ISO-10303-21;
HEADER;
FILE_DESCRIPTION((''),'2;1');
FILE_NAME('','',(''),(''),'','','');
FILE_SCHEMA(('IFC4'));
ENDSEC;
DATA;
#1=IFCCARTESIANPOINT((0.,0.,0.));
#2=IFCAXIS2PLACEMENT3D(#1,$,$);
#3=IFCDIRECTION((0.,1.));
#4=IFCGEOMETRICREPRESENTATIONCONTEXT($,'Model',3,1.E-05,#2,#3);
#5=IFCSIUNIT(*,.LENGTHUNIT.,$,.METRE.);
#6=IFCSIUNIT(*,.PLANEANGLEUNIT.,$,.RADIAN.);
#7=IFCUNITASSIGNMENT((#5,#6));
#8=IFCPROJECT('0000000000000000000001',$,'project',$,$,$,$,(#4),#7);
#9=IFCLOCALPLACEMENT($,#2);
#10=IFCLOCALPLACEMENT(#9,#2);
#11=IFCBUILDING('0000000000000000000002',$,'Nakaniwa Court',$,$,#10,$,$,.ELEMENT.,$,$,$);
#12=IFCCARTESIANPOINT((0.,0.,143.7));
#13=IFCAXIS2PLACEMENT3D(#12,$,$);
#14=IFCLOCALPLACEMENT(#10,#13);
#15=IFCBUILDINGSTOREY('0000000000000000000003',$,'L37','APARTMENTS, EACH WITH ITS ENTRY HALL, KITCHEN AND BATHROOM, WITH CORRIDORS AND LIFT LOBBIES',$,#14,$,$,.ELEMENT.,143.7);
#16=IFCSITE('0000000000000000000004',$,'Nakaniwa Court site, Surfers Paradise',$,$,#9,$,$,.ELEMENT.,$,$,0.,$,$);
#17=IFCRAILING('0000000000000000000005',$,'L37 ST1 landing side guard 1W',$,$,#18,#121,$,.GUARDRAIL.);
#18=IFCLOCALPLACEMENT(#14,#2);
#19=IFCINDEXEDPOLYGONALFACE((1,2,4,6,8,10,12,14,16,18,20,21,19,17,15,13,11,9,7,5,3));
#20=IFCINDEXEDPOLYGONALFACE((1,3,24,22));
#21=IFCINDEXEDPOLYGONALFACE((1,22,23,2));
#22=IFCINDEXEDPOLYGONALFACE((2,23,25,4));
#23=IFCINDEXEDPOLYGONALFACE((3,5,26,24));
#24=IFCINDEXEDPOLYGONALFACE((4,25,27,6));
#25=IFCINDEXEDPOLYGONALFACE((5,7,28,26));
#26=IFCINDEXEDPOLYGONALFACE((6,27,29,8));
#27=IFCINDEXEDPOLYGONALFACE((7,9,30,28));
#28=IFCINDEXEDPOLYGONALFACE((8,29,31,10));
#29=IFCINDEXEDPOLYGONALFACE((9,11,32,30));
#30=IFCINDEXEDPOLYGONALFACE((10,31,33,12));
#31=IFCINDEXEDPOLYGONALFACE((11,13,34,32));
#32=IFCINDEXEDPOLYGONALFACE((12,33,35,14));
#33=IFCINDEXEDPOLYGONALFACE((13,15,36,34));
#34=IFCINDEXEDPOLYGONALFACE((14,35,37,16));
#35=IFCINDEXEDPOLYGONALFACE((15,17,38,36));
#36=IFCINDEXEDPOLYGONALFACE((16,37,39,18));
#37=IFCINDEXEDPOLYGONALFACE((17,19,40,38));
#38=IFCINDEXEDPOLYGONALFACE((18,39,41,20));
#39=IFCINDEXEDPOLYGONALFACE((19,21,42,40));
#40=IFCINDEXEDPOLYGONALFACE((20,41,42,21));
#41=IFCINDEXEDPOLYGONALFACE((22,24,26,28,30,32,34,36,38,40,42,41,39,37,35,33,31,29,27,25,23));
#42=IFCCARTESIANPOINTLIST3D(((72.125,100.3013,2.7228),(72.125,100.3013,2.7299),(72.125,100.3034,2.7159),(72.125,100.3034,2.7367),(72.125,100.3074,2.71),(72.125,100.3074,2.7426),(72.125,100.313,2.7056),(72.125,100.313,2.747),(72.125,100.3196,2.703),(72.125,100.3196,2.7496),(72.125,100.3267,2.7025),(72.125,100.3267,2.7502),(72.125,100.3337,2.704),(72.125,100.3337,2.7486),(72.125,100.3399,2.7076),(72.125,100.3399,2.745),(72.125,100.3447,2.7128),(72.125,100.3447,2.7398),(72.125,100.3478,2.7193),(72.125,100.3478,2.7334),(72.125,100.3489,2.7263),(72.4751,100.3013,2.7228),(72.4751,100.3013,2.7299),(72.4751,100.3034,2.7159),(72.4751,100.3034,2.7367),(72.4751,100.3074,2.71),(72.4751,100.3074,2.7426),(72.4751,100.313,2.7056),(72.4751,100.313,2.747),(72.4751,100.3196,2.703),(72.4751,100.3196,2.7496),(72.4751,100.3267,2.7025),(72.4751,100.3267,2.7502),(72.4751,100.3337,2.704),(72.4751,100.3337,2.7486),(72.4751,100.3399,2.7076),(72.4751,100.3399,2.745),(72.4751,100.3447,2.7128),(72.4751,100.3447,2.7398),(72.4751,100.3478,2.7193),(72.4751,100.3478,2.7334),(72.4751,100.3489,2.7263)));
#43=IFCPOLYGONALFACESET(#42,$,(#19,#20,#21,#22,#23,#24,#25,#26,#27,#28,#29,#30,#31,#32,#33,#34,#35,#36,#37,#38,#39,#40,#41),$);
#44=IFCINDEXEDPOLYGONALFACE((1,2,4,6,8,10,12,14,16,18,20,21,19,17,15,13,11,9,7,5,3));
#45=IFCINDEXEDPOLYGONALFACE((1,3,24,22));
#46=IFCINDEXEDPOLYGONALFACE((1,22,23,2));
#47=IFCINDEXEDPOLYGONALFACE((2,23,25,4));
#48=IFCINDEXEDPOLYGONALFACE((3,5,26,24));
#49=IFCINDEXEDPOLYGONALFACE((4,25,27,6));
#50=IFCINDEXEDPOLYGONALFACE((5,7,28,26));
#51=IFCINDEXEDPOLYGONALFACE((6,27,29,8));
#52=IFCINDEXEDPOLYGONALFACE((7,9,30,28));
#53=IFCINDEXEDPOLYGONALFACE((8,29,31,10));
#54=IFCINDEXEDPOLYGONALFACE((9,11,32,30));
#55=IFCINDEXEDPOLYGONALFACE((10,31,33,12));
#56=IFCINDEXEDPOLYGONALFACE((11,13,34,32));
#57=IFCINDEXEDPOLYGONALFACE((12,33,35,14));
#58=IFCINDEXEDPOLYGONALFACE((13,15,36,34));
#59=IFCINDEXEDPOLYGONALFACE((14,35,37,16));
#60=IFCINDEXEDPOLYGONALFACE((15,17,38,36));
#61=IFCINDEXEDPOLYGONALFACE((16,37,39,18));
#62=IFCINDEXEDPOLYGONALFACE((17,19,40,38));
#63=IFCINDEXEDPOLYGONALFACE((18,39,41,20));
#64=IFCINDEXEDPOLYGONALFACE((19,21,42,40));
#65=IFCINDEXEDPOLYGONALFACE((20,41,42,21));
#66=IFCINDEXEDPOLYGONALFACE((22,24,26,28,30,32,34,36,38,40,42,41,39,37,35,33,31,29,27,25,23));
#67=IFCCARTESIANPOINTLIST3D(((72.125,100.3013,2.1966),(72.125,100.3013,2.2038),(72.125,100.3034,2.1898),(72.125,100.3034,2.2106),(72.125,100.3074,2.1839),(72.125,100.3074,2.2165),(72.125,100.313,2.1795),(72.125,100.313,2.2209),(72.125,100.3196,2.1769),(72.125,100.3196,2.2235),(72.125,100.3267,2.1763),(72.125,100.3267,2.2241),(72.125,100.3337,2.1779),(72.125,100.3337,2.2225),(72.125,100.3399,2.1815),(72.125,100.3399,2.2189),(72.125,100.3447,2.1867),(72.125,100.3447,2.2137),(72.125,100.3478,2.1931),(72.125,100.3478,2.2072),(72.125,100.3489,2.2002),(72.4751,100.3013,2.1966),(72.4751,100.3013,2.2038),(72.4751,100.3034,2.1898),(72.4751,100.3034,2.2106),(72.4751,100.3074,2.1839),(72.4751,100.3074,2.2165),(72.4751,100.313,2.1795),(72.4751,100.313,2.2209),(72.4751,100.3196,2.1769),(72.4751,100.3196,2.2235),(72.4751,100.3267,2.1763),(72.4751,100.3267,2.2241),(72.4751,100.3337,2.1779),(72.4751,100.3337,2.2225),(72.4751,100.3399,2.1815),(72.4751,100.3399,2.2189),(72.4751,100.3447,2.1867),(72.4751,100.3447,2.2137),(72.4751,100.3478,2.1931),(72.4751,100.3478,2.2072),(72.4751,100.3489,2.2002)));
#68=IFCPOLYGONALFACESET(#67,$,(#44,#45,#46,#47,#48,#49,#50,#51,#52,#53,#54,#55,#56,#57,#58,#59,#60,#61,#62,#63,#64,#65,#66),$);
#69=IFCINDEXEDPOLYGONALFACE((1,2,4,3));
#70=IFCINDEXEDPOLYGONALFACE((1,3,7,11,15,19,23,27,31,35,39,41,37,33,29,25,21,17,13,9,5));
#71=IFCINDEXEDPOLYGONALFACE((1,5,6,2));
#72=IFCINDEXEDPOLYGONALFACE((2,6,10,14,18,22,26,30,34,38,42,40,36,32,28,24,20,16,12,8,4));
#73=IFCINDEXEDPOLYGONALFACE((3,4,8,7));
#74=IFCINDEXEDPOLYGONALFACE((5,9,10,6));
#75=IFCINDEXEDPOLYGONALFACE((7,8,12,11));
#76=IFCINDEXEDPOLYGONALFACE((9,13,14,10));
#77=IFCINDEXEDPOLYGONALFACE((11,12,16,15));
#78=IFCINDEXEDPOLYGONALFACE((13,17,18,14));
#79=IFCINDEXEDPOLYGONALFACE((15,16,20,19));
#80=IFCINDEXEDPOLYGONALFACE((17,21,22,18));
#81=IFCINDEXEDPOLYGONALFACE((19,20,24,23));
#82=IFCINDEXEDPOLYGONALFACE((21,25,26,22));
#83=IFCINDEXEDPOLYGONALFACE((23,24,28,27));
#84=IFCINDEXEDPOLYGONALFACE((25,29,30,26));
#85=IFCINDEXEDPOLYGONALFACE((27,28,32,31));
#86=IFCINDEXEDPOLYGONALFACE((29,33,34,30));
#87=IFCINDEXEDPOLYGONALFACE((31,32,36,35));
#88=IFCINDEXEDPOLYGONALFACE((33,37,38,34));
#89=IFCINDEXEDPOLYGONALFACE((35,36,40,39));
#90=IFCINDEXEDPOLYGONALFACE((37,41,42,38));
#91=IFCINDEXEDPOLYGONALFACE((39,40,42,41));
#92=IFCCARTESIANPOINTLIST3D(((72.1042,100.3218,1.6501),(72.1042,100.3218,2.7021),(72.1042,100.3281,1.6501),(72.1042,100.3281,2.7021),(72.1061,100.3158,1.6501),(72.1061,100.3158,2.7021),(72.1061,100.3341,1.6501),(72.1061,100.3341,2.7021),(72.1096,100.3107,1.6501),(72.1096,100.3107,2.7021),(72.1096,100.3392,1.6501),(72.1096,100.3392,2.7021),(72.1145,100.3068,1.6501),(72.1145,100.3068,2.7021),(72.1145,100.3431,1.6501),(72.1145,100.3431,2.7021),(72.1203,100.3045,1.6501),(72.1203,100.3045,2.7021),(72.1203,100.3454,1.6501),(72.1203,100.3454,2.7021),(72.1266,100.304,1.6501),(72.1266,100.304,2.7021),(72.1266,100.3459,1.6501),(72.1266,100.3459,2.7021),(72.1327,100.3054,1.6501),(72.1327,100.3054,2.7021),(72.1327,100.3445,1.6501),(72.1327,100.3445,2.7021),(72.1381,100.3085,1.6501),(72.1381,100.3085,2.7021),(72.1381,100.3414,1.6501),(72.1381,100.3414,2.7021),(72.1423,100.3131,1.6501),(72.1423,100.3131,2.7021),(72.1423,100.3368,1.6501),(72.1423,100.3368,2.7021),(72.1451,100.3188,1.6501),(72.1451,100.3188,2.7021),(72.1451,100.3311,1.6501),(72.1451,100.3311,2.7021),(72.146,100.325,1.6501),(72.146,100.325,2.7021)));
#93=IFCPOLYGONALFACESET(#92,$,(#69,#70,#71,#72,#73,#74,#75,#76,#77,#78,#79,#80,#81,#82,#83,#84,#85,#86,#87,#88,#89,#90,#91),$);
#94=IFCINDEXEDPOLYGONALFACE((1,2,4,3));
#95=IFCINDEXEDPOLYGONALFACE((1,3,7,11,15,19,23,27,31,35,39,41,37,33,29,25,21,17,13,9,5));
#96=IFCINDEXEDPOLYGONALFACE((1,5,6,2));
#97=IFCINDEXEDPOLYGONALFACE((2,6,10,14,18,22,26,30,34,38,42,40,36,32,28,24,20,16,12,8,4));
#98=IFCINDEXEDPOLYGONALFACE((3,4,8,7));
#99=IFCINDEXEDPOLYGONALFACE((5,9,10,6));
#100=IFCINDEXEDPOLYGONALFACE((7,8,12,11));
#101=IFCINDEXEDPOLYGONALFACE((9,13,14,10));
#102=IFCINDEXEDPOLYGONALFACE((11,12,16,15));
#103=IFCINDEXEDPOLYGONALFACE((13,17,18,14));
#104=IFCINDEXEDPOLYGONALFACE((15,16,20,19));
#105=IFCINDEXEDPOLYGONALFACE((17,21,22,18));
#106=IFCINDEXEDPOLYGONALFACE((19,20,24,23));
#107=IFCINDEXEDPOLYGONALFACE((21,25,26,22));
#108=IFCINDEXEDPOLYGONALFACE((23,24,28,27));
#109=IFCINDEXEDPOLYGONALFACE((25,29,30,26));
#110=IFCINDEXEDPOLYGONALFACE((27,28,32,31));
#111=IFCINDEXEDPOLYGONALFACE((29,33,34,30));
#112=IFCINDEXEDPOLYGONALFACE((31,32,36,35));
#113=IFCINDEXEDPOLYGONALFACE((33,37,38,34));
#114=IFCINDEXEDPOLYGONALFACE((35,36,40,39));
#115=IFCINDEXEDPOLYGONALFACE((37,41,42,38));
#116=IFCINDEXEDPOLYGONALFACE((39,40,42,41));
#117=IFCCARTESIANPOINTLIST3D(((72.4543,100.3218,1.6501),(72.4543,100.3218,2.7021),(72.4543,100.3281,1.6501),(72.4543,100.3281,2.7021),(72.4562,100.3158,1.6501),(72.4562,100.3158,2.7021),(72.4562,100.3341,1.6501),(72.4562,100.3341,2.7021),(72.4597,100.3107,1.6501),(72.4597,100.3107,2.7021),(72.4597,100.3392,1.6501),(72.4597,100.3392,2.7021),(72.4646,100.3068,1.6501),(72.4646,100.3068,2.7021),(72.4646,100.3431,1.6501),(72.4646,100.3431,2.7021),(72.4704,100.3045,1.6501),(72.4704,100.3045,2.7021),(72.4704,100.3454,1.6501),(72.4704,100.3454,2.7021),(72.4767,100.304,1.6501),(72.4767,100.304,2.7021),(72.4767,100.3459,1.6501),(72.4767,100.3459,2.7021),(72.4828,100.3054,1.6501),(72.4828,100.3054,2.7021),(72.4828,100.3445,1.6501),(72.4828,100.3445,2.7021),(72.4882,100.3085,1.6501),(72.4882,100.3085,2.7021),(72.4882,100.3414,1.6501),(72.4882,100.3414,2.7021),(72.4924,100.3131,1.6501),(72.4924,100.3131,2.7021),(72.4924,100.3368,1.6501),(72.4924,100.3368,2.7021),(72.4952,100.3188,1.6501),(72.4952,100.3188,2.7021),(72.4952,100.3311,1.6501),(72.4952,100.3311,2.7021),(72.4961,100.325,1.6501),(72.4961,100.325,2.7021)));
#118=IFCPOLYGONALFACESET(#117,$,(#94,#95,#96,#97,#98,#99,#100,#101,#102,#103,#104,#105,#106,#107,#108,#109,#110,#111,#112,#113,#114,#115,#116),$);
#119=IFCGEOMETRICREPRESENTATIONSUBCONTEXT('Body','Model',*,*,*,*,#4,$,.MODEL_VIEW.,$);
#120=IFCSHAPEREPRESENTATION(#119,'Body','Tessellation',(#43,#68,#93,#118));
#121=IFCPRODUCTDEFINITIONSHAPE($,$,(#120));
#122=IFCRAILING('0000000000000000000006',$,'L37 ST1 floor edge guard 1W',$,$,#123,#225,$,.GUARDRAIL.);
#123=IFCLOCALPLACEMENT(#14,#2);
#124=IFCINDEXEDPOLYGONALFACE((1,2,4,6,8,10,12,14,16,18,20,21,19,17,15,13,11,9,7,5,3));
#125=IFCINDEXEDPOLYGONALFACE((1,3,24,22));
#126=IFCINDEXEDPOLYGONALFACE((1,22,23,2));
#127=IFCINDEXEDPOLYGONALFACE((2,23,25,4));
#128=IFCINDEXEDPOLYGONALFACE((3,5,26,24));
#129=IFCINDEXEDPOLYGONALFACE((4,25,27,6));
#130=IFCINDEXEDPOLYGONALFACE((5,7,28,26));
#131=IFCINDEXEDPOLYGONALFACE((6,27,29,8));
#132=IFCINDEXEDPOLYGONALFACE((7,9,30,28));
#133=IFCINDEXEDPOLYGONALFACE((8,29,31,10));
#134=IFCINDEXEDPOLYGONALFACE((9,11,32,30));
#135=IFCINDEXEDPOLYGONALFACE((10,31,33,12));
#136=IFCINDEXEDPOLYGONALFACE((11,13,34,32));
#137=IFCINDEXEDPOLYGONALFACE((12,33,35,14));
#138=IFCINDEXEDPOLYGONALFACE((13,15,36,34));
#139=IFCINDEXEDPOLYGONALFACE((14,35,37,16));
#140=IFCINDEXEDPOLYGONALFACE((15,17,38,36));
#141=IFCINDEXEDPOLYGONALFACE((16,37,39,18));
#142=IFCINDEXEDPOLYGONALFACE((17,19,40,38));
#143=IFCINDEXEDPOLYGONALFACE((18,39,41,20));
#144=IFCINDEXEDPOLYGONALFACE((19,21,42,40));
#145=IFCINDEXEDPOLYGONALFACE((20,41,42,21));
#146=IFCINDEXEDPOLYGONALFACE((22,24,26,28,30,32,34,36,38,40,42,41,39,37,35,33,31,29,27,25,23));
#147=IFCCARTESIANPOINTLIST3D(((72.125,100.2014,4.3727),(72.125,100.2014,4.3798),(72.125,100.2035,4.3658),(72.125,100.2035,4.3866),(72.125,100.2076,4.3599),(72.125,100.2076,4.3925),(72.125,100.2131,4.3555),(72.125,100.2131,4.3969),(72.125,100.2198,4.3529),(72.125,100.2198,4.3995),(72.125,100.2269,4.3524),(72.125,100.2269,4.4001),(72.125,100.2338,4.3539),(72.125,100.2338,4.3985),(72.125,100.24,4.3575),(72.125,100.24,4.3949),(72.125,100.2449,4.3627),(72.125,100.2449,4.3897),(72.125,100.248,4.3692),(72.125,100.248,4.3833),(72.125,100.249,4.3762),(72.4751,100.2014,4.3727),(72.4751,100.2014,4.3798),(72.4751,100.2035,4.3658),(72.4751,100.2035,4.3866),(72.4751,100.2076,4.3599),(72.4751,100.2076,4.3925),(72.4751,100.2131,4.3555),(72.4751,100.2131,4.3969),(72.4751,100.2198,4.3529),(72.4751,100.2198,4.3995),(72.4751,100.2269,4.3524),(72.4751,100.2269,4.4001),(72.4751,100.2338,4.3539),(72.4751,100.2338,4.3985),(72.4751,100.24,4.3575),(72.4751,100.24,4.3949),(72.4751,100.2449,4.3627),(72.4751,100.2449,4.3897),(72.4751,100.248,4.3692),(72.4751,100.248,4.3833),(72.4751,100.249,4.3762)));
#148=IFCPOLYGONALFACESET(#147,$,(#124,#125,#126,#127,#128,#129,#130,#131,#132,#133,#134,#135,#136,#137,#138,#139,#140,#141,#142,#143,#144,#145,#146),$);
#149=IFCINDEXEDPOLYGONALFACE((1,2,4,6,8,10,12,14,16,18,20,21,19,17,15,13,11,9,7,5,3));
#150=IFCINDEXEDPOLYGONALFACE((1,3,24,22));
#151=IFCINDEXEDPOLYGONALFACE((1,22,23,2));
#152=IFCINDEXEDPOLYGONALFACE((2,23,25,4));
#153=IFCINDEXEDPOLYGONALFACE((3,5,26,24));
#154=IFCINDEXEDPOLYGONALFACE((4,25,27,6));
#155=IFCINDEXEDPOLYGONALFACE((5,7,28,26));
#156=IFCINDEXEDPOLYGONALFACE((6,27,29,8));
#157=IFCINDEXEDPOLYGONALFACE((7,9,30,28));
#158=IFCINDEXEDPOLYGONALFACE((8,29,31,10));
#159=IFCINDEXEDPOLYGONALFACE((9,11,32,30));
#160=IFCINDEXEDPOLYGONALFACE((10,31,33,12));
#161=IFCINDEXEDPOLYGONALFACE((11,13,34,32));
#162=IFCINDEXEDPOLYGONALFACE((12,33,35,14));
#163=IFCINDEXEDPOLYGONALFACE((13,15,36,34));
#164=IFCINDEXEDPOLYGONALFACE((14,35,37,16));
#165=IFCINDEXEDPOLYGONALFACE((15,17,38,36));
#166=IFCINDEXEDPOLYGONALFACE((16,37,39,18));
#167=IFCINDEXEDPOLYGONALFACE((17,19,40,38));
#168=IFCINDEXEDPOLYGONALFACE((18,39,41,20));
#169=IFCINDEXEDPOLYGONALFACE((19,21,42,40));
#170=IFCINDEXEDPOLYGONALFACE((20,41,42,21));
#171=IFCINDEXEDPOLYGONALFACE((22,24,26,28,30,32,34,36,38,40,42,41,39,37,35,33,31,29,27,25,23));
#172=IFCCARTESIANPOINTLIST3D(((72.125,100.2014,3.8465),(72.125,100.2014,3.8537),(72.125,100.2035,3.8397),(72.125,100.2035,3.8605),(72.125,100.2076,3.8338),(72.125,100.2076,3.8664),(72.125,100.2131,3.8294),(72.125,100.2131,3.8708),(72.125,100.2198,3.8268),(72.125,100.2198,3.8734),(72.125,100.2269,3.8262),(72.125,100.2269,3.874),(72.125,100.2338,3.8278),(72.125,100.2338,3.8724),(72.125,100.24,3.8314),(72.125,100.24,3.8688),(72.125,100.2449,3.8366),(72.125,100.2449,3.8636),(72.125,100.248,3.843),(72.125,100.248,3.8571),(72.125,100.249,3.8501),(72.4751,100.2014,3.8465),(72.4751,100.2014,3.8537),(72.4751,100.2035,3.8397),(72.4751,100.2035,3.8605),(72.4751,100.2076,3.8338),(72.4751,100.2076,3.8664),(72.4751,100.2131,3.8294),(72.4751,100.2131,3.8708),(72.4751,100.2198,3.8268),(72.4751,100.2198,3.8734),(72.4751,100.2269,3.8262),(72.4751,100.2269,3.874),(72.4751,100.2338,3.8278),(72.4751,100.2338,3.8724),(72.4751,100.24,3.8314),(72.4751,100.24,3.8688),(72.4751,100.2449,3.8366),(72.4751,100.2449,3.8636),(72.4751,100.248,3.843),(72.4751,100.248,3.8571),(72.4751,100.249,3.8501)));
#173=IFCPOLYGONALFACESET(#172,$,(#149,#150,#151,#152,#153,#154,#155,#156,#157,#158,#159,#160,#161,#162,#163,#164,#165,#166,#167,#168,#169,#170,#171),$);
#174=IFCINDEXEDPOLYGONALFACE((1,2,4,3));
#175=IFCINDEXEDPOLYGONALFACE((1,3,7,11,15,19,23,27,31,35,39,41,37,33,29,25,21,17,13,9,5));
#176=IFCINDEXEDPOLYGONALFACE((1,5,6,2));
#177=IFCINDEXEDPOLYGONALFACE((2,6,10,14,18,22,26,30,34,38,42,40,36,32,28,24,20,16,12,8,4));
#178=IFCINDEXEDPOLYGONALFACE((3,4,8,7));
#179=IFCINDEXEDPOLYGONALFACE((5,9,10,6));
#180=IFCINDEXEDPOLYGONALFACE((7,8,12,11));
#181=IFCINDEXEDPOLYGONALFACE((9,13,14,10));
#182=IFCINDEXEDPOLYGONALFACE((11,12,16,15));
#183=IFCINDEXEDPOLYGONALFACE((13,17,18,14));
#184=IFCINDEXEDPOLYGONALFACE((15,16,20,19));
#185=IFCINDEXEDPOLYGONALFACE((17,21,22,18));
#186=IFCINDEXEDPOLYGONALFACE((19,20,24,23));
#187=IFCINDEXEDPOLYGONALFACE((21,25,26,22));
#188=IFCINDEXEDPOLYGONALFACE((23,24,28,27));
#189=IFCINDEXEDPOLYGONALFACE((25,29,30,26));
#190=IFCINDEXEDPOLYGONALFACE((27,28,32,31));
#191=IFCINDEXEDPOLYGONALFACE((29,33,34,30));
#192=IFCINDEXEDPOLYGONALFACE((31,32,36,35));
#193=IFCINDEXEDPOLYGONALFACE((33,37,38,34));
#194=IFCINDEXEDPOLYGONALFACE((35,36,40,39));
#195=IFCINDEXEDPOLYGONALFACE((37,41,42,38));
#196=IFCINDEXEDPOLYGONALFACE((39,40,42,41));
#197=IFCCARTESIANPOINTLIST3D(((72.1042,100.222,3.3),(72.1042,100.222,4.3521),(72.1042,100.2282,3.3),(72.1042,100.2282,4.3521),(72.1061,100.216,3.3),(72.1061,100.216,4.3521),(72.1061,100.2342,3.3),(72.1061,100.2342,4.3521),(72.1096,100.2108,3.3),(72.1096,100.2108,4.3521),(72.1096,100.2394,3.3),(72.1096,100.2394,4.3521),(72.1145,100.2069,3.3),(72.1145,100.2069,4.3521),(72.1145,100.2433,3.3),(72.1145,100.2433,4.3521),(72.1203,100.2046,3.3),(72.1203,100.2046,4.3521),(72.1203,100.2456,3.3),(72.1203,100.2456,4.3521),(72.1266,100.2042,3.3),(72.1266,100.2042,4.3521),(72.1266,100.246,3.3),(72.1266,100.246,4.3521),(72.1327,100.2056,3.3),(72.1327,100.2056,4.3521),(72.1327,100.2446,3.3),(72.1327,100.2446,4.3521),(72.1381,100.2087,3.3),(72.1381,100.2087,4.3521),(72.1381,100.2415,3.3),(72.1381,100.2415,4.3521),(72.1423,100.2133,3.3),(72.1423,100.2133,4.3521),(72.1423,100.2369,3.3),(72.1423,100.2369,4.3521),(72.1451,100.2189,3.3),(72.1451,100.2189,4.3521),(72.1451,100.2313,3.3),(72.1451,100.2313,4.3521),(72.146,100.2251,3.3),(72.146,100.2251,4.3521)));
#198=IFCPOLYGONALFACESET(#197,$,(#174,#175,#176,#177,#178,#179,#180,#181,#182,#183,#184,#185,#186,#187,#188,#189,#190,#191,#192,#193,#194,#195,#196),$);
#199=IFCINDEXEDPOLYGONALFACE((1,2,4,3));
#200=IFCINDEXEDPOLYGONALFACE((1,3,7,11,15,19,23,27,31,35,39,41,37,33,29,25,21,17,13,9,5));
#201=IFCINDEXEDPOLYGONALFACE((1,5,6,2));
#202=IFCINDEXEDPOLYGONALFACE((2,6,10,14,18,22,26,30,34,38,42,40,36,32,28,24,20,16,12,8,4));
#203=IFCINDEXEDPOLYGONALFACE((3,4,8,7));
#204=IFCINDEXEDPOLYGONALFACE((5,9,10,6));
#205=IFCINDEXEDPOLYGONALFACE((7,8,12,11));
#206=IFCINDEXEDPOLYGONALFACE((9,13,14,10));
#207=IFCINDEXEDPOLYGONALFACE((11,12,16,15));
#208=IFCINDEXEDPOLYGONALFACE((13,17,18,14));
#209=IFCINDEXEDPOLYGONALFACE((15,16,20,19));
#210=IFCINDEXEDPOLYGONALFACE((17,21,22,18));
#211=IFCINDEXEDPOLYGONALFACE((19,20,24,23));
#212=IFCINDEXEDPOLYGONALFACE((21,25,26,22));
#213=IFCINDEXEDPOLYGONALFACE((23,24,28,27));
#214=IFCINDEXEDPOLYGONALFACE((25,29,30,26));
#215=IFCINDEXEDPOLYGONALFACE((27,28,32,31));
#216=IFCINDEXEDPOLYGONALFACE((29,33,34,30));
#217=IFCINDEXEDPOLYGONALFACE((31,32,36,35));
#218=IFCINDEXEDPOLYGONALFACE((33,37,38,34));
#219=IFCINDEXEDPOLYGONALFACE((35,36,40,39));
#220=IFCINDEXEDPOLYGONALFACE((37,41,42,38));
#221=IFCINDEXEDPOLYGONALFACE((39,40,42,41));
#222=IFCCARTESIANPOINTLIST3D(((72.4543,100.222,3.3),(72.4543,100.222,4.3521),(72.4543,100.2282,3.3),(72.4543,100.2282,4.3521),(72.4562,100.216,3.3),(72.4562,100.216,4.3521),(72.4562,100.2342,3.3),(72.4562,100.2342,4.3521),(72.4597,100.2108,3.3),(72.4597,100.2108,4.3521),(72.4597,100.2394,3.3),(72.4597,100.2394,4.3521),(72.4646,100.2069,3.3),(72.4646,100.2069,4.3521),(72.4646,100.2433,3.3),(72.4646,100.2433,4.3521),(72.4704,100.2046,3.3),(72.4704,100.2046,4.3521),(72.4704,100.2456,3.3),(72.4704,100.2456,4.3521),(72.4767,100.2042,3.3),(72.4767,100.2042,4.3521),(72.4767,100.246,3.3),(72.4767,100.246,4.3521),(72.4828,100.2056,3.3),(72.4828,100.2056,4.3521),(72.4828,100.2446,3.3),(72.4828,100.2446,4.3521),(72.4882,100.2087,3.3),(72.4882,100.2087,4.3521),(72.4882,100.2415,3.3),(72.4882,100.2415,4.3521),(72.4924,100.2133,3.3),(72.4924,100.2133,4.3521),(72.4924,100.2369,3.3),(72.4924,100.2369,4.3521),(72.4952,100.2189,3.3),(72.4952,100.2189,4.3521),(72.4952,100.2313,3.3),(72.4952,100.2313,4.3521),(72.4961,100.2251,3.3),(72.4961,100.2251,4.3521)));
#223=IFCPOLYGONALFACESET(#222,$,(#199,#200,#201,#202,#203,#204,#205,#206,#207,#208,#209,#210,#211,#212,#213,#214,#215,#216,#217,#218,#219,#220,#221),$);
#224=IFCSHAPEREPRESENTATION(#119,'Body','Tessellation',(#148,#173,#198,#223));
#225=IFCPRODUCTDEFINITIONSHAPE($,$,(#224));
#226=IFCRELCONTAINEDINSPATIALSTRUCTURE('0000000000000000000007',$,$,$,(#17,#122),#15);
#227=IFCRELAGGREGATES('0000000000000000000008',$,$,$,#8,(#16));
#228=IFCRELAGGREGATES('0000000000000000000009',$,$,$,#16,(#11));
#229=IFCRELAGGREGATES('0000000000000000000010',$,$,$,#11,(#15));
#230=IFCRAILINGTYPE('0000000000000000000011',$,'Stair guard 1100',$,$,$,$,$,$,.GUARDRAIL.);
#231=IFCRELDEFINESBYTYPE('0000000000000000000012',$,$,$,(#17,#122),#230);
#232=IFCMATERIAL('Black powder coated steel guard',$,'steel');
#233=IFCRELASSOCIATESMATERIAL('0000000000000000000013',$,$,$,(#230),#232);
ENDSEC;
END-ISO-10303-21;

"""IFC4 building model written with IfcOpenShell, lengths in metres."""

from ifc_helpers import new_model, si_unit, direction, frame, origin, origin_2d, place, context, subcontext, project, spatial, circle, extrude, material, type_object, element, save


model = new_model("IFC4")

# Units and contexts
model_context = context("Model", 3, precision=1e-05, world=origin(), true_north=direction((0.0, 1.0)))
body_context = subcontext(model_context, "Body", "Model", "MODEL_VIEW")
ifc_project = project(units=[si_unit("LENGTHUNIT", "METRE"), si_unit("PLANEANGLEUNIT", "RADIAN")], contexts=[model_context])

# Site, building, storey
site_placement = place(None, origin())
site = spatial("IfcSite", under=ifc_project, at=site_placement, Name="Nakaniwa Court site, Surfers Paradise", CompositionType="ELEMENT", RefElevation=0.0)
building_placement = place(site_placement, origin())
building = spatial("IfcBuilding", under=site, at=building_placement, Name="Nakaniwa Court", CompositionType="ELEMENT")
storey_placement = place(building_placement, frame((0.0, 0.0, 143.7)))
storey = spatial("IfcBuildingStorey", under=building, at=storey_placement, Name="L37", Description="APARTMENTS, EACH WITH ITS ENTRY HALL, KITCHEN AND BATHROOM, WITH CORRIDORS AND LIFT LOBBIES", CompositionType="ELEMENT", Elevation=143.7)

# Railings
ifc_material_1 = material(Name="Black powder coated steel guard", Category="steel")
railing_type_1 = type_object("IfcRailingType", Name="Stair guard 1100", PredefinedType="GUARDRAIL", material=ifc_material_1)
for number, where, name in (
    (1, (72.125, 100.325, 1.6501), "L37 ST1 landing side guard 1W"),
    (2, (72.125, 100.2251, 3.3), "L37 ST1 floor edge guard 1W"),
):
    element("IfcRailing", number, at=place(storey_placement, frame(where)), inside=storey, type_object=railing_type_1, Name=name, PredefinedType="GUARDRAIL", context=body_context, shape_type="SweptSolid", body=[
        extrude(circle(Radius=0.0239, at=origin_2d()), frame((0.0, 0.0, 1.0762), z_axis=(1.0, 0.0, 0.0), x_axis=(0.0, 1.0, 0.0)), (0.0, 0.0, 1.0), 0.3501),
        extrude(circle(Radius=0.0239, at=origin_2d()), frame((0.0, 0.0, 0.55), z_axis=(1.0, 0.0, 0.0), x_axis=(0.0, 1.0, 0.0)), (0.0, 0.0, 1.0), 0.3501),
        extrude(circle(Radius=0.021, at=origin_2d()), origin(), (0.0, 0.0, 1.0), 1.052),
        extrude(circle(Radius=0.021, at=origin_2d()), frame((0.3501, 0.0, 0.0)), (0.0, 0.0, 1.0), 1.052),
    ])

save(model, "model.ifc")
